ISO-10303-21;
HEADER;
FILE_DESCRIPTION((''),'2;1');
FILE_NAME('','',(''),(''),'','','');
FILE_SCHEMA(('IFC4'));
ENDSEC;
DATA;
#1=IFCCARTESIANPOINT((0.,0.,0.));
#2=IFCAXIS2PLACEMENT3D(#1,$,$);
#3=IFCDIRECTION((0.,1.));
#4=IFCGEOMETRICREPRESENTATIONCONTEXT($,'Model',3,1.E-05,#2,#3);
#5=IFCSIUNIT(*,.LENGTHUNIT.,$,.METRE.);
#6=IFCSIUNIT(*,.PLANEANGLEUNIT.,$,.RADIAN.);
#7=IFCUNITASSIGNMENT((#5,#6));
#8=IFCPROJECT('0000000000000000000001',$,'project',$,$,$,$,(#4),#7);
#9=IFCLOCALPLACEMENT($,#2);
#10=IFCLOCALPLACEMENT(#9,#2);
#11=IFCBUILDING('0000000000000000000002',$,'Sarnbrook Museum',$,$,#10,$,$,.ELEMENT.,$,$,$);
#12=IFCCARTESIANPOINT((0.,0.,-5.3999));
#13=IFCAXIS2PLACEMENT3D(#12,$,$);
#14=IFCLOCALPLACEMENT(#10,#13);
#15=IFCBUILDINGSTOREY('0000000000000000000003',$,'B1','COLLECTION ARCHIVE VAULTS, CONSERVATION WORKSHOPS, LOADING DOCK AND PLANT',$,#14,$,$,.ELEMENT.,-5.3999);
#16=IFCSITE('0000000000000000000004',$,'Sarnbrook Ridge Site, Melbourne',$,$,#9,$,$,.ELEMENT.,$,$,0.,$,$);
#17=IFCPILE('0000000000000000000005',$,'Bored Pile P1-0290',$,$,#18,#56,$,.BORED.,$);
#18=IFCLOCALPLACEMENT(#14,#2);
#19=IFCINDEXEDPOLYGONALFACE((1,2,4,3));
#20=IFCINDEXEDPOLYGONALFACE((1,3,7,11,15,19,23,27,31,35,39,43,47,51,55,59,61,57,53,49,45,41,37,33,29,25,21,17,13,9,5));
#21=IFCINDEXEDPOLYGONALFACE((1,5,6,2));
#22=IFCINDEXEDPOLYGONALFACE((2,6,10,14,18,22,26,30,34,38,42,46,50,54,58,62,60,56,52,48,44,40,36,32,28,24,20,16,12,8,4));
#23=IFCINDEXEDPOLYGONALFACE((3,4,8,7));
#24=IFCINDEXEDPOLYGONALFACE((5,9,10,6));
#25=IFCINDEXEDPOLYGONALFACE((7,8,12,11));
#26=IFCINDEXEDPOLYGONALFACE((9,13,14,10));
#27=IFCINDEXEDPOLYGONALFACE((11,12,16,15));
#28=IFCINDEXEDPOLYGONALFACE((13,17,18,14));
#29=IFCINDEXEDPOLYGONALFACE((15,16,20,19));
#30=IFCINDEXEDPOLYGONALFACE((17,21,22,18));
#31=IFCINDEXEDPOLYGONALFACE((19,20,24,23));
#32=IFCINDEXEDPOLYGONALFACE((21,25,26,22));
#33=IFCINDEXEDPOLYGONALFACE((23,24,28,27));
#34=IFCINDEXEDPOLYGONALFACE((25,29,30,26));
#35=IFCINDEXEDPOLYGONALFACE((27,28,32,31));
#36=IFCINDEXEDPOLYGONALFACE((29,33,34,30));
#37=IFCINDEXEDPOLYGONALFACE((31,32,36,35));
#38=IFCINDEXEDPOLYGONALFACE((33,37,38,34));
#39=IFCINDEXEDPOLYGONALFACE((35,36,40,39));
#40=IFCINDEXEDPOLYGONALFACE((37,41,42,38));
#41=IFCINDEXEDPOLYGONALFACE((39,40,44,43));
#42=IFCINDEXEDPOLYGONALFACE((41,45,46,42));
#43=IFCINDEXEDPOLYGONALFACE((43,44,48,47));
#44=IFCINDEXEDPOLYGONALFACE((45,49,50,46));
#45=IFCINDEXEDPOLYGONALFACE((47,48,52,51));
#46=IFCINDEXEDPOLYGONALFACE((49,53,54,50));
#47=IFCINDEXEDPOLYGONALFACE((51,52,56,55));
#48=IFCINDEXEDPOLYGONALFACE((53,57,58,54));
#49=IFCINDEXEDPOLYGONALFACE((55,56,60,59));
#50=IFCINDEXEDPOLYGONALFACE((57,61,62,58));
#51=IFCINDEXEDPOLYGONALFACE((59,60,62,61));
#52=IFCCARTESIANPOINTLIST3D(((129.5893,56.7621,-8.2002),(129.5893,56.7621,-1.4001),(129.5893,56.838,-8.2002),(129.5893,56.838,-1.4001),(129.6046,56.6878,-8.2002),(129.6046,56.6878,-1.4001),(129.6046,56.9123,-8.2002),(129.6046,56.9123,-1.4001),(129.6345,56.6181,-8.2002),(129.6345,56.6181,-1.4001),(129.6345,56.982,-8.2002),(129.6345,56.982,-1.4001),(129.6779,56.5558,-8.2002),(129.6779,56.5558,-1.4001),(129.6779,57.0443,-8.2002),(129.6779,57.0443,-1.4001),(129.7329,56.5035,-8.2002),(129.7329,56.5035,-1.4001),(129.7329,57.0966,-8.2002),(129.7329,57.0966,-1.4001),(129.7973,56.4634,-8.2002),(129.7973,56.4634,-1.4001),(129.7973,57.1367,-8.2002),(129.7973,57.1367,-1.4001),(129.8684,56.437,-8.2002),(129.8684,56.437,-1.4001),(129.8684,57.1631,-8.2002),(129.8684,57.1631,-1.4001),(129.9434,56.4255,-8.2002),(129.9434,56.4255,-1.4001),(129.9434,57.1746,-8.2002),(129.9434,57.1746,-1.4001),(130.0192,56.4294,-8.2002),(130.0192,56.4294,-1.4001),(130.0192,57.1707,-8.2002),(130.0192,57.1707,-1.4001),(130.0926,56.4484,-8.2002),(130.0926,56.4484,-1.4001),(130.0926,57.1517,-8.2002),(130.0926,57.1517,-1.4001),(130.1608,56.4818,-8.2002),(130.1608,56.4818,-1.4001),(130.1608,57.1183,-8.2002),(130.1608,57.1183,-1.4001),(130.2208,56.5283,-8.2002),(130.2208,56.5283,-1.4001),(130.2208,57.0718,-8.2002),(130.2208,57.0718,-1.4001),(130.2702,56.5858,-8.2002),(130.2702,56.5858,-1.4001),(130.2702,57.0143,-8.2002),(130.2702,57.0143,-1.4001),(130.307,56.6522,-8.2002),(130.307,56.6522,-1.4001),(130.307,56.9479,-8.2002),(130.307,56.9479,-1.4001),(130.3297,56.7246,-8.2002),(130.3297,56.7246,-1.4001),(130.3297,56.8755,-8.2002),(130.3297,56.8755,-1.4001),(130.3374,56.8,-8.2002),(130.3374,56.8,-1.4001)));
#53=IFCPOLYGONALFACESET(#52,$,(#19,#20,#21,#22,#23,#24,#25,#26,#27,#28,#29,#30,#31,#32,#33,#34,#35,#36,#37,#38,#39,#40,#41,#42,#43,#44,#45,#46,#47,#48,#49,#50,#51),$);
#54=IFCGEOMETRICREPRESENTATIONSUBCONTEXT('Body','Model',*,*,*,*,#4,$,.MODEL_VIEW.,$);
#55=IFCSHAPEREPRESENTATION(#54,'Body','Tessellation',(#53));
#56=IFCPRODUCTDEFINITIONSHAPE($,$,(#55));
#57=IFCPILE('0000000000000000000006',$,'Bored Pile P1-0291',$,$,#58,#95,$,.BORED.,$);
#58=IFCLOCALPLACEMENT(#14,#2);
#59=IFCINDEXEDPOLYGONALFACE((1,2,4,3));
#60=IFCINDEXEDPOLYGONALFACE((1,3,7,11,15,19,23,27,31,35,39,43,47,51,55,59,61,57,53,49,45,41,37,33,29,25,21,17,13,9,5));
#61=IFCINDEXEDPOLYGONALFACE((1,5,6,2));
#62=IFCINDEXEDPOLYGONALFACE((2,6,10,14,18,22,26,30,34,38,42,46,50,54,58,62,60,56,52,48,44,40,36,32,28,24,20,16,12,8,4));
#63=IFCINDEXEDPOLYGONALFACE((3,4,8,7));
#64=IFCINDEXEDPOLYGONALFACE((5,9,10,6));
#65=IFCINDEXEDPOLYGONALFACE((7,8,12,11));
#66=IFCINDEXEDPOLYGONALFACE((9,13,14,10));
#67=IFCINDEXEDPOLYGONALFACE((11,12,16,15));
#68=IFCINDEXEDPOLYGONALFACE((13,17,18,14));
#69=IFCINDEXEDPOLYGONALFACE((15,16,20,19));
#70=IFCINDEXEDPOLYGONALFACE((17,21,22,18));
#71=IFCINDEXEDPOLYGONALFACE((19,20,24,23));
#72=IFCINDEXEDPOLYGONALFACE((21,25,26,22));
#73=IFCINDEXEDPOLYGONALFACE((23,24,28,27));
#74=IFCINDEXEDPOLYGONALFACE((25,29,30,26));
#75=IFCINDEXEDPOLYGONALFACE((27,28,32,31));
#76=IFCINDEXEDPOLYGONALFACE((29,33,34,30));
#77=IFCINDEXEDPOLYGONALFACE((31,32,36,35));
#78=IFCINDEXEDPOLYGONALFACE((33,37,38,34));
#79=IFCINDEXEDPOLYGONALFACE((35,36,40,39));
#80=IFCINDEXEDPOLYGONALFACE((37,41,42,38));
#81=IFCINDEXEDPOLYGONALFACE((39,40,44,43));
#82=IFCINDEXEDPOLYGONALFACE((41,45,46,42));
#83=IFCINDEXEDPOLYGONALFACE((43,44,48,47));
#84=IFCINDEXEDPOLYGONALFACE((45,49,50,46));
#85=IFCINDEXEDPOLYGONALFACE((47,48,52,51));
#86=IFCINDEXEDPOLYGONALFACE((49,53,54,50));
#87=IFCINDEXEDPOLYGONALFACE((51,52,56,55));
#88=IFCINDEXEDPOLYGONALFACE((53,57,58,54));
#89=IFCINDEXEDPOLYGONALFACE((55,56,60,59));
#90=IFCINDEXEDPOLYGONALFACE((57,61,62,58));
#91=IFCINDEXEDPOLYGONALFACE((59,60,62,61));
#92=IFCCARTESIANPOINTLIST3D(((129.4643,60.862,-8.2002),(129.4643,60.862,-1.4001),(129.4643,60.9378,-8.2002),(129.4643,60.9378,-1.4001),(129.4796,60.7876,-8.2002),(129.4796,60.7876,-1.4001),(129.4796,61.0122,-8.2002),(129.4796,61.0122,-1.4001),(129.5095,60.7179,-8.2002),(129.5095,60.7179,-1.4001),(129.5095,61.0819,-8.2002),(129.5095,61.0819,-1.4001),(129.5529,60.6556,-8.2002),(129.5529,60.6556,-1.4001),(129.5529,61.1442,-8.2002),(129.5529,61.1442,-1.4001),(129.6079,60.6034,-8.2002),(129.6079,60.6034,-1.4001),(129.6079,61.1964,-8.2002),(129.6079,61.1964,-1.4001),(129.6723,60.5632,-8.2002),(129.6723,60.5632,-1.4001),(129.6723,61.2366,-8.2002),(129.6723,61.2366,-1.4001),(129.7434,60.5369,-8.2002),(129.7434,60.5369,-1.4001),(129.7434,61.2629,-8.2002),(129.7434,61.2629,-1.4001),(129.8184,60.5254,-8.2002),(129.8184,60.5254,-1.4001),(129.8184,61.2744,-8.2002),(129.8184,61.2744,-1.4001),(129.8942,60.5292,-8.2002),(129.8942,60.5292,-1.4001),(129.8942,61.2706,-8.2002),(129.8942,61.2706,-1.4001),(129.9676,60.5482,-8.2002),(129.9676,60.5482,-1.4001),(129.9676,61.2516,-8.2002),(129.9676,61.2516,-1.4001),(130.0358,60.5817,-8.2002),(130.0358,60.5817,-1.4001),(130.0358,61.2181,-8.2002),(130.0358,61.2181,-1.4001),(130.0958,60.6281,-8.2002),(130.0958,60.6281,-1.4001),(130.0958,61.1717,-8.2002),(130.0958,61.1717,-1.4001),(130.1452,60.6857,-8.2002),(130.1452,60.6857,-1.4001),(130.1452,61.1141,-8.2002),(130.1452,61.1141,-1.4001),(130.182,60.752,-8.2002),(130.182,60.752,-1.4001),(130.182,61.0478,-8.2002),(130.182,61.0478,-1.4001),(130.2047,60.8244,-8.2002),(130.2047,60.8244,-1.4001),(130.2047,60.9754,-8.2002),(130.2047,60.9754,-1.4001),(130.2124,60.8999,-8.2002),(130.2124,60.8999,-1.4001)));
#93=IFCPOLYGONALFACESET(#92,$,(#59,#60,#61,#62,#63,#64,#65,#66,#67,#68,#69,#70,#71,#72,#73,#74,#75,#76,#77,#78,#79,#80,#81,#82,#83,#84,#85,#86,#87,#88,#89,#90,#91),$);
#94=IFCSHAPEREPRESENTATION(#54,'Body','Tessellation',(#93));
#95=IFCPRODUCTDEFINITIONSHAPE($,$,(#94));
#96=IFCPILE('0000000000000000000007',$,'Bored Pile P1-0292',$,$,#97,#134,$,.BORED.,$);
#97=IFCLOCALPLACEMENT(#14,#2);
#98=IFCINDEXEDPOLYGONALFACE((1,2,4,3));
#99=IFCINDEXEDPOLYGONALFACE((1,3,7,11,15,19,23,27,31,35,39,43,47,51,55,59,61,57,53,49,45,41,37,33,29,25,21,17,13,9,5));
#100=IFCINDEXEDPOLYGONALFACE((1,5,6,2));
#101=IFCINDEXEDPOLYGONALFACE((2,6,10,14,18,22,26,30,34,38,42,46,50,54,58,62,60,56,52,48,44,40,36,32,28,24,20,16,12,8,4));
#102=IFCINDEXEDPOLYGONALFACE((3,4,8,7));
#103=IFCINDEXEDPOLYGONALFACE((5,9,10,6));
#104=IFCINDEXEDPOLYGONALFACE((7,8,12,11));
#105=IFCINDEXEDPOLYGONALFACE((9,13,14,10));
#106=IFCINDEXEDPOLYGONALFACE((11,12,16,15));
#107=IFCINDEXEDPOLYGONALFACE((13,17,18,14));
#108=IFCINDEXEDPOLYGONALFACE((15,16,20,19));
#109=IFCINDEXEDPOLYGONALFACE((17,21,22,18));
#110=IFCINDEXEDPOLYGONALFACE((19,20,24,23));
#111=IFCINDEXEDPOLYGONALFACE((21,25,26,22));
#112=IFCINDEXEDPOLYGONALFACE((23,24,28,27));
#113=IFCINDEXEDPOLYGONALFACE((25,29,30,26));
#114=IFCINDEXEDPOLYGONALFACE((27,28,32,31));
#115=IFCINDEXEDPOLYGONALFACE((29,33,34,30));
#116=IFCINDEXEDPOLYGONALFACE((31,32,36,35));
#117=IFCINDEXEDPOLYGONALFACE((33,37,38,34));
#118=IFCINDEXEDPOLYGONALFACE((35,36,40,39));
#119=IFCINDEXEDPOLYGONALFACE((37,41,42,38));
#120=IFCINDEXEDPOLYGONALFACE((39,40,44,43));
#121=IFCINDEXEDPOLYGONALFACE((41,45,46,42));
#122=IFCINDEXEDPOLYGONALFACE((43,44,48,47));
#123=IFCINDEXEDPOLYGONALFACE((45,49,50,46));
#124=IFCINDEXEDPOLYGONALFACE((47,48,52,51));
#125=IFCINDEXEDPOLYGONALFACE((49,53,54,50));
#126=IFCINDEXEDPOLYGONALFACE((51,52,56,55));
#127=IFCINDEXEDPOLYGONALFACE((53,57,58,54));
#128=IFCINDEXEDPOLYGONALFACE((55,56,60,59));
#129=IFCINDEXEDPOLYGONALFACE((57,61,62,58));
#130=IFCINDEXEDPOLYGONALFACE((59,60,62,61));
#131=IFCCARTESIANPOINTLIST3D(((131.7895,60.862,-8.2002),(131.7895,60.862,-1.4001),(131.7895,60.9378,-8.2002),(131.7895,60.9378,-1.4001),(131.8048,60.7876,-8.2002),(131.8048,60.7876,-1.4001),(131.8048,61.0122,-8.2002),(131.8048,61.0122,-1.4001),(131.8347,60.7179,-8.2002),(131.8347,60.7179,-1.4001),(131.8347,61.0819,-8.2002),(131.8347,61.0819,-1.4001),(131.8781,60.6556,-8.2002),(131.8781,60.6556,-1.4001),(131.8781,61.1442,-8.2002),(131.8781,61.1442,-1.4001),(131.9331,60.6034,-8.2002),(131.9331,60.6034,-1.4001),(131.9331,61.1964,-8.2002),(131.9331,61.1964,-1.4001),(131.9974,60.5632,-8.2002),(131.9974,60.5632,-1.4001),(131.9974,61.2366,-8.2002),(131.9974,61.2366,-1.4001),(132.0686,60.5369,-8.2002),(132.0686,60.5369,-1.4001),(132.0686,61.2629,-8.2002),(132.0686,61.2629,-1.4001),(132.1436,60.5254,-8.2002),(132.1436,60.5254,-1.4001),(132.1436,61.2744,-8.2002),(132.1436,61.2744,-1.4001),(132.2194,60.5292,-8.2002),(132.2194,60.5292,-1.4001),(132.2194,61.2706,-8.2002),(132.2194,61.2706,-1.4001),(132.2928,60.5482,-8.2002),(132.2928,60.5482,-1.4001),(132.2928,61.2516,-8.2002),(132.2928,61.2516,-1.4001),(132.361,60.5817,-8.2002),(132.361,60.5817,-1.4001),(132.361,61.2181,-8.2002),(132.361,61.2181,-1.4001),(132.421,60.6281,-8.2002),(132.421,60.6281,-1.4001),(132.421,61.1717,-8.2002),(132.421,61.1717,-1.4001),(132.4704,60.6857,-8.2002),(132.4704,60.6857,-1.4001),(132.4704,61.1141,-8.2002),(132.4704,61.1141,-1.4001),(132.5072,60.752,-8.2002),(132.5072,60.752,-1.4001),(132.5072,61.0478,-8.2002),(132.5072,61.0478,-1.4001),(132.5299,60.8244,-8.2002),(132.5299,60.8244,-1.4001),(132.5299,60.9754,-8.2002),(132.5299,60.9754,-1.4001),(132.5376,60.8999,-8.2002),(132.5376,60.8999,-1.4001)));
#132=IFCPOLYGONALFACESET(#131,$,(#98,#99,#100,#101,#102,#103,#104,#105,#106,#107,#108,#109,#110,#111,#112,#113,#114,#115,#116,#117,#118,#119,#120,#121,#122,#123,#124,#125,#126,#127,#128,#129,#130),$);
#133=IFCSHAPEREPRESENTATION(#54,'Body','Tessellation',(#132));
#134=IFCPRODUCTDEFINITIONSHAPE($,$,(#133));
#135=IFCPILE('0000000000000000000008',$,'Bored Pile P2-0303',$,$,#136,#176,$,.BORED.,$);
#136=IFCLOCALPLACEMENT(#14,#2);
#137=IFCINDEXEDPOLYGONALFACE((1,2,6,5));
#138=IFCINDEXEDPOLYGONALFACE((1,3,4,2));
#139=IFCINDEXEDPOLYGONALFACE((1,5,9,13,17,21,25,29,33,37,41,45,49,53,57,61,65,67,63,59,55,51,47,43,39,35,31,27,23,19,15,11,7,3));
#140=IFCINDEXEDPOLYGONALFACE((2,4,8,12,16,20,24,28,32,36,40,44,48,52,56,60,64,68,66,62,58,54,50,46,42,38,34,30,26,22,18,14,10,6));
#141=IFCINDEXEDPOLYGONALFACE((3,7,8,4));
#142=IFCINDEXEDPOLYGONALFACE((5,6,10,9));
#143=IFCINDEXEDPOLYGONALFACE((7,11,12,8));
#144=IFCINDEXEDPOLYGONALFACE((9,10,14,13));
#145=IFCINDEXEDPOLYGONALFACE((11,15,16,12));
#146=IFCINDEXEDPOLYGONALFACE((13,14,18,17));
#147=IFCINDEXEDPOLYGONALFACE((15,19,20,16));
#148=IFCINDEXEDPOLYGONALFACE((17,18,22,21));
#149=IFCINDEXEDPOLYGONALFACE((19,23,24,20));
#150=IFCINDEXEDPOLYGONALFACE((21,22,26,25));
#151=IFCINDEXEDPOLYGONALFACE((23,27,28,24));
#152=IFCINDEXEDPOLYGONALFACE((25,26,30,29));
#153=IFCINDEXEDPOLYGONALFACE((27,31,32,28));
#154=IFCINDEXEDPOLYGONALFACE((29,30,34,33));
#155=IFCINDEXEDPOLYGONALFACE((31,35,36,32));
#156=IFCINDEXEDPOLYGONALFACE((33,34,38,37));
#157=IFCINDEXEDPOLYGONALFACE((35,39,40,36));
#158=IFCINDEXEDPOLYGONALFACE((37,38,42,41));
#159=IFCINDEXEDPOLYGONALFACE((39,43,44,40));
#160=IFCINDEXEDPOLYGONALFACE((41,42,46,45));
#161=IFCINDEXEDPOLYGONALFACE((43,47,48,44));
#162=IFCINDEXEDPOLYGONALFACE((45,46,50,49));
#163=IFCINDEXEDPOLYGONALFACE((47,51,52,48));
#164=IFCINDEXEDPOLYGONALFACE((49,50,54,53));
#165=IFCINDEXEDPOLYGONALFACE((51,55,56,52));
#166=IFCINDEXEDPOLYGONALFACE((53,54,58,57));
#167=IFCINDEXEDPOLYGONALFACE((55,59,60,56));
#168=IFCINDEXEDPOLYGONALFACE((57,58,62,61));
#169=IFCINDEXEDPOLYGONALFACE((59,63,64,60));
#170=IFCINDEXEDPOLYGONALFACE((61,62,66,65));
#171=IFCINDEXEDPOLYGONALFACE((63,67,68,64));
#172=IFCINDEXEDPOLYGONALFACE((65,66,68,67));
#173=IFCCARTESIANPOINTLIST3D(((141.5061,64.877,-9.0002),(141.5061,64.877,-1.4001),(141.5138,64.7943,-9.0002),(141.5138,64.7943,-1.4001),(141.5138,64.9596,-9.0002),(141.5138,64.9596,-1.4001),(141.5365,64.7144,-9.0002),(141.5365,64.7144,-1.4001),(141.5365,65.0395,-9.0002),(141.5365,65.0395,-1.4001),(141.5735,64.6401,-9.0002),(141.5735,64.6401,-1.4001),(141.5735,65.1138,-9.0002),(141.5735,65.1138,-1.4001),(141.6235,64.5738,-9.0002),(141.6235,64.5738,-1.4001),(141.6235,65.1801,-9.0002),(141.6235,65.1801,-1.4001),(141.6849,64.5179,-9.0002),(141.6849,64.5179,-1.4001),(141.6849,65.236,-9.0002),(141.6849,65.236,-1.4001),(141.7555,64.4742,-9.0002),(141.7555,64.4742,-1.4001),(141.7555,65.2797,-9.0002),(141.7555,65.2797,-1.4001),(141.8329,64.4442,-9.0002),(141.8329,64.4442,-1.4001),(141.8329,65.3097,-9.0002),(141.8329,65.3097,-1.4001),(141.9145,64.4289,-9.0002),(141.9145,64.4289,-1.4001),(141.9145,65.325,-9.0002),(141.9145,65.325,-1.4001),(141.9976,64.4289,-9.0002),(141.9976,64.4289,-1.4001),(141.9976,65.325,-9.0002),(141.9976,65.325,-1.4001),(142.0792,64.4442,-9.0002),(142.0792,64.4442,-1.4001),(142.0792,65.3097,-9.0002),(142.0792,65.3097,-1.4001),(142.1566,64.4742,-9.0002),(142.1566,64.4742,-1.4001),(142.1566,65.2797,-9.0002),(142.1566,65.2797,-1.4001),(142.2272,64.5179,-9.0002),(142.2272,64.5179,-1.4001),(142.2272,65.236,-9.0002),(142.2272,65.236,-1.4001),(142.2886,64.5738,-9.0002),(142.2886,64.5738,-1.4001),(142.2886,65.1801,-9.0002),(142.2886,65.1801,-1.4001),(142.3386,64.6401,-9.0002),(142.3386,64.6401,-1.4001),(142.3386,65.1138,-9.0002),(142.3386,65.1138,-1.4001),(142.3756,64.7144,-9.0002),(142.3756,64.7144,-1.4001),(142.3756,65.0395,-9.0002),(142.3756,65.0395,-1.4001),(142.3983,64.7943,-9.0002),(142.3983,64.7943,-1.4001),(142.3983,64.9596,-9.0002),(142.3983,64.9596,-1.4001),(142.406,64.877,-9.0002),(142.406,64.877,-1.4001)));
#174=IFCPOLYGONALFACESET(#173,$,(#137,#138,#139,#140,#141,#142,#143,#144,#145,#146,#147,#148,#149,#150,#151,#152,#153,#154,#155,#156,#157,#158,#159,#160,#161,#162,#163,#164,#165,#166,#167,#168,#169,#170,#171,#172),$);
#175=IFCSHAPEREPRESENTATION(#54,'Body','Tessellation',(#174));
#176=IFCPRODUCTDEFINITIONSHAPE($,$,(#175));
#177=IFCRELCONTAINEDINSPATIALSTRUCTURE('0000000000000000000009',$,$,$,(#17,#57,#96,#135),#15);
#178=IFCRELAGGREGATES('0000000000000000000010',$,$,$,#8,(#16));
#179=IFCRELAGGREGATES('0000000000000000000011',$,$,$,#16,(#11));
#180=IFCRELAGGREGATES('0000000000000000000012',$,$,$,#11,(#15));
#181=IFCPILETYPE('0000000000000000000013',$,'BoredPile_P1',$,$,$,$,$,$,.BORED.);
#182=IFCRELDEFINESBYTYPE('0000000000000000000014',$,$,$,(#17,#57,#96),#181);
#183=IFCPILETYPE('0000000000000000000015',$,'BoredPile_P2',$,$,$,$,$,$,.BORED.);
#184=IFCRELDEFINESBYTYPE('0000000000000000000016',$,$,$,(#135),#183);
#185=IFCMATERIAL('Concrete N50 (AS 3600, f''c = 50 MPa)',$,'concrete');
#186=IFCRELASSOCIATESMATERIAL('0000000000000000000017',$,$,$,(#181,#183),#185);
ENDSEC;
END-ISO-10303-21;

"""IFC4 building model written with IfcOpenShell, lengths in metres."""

from ifc_helpers import new_model, si_unit, direction, frame, origin, origin_2d, place, context, subcontext, project, spatial, circle, extrude, material, material_profile, profile_set, type_object, element, save


model = new_model("IFC4")

# Units and contexts
model_context = context("Model", 3, precision=1e-05, world=origin(), true_north=direction((0.0, 1.0)))
body_context = subcontext(model_context, "Body", "Model", "MODEL_VIEW")
ifc_project = project(units=[si_unit("LENGTHUNIT", "METRE"), si_unit("PLANEANGLEUNIT", "RADIAN")], contexts=[model_context])

# Site, building, storey
site_placement = place(None, origin())
site = spatial("IfcSite", under=ifc_project, at=site_placement, Name="Sarnbrook Ridge Site, Melbourne", CompositionType="ELEMENT", RefElevation=0.0)
building_placement = place(site_placement, origin())
building = spatial("IfcBuilding", under=site, at=building_placement, Name="Sarnbrook Museum", CompositionType="ELEMENT")
storey_placement = place(building_placement, frame((0.0, 0.0, -5.3999)))
storey = spatial("IfcBuildingStorey", under=building, at=storey_placement, Name="B1", Description="COLLECTION ARCHIVE VAULTS, CONSERVATION WORKSHOPS, LOADING DOCK AND PLANT", CompositionType="ELEMENT", Elevation=-5.3999)

# Piles
ifc_material_1 = material(Name="Concrete N50 (AS 3600, f'c = 50 MPa)", Category="concrete")
ifc_material_profile_1 = material_profile(ifc_material_1, circle(Radius=0.375, at=origin_2d()), Name="BORED PILE D750")
ifc_profile_set_1 = profile_set([ifc_material_profile_1], Name="Concrete N50 (AS 3600, f'c = 50 MPa)")
pile_type_1 = type_object("IfcPileType", Name="BoredPile_P1", PredefinedType="BORED", material=ifc_profile_set_1)
for number, where, z_axis, x_axis, name in (
    (1, (129.9624, 56.8, -1.4001), (0.0, 0.0, -1.0), (1.0, 0.0, 0.0), "Bored Pile P1-0290"),
    (2, (129.8374, 60.8999, -1.4001), (0.0, 0.0, -1.0), (1.0, 0.0, 0.0), "Bored Pile P1-0291"),
    (3, (132.1626, 60.8999, -1.4001), (0.0, 0.0, -1.0), (1.0, 0.0, 0.0), "Bored Pile P1-0292"),
):
    element("IfcPile", number, at=place(storey_placement, frame(where, z_axis=z_axis, x_axis=x_axis)), inside=storey, type_object=pile_type_1, Name=name, PredefinedType="BORED", context=body_context, shape_type="SweptSolid", body=[
        extrude(circle(Radius=0.375, at=origin_2d()), origin(), (0.0, 0.0, 1.0), 6.8),
    ])
ifc_material_profile_2 = material_profile(ifc_material_1, circle(Radius=0.45, at=origin_2d()), Name="BORED PILE D900")
ifc_profile_set_2 = profile_set([ifc_material_profile_2], Name="Concrete N50 (AS 3600, f'c = 50 MPa)")
pile_type_2 = type_object("IfcPileType", Name="BoredPile_P2", PredefinedType="BORED", material=ifc_profile_set_2)
for number, where, z_axis, x_axis, name in (
    (4, (141.9561, 64.877, -1.4001), (0.0, 0.0, -1.0), (1.0, 0.0, 0.0), "Bored Pile P2-0303"),
):
    element("IfcPile", number, at=place(storey_placement, frame(where, z_axis=z_axis, x_axis=x_axis)), inside=storey, type_object=pile_type_2, Name=name, PredefinedType="BORED", context=body_context, shape_type="SweptSolid", body=[
        extrude(circle(Radius=0.45, at=origin_2d()), origin(), (0.0, 0.0, 1.0), 7.6001),
    ])

save(model, "model.ifc")
